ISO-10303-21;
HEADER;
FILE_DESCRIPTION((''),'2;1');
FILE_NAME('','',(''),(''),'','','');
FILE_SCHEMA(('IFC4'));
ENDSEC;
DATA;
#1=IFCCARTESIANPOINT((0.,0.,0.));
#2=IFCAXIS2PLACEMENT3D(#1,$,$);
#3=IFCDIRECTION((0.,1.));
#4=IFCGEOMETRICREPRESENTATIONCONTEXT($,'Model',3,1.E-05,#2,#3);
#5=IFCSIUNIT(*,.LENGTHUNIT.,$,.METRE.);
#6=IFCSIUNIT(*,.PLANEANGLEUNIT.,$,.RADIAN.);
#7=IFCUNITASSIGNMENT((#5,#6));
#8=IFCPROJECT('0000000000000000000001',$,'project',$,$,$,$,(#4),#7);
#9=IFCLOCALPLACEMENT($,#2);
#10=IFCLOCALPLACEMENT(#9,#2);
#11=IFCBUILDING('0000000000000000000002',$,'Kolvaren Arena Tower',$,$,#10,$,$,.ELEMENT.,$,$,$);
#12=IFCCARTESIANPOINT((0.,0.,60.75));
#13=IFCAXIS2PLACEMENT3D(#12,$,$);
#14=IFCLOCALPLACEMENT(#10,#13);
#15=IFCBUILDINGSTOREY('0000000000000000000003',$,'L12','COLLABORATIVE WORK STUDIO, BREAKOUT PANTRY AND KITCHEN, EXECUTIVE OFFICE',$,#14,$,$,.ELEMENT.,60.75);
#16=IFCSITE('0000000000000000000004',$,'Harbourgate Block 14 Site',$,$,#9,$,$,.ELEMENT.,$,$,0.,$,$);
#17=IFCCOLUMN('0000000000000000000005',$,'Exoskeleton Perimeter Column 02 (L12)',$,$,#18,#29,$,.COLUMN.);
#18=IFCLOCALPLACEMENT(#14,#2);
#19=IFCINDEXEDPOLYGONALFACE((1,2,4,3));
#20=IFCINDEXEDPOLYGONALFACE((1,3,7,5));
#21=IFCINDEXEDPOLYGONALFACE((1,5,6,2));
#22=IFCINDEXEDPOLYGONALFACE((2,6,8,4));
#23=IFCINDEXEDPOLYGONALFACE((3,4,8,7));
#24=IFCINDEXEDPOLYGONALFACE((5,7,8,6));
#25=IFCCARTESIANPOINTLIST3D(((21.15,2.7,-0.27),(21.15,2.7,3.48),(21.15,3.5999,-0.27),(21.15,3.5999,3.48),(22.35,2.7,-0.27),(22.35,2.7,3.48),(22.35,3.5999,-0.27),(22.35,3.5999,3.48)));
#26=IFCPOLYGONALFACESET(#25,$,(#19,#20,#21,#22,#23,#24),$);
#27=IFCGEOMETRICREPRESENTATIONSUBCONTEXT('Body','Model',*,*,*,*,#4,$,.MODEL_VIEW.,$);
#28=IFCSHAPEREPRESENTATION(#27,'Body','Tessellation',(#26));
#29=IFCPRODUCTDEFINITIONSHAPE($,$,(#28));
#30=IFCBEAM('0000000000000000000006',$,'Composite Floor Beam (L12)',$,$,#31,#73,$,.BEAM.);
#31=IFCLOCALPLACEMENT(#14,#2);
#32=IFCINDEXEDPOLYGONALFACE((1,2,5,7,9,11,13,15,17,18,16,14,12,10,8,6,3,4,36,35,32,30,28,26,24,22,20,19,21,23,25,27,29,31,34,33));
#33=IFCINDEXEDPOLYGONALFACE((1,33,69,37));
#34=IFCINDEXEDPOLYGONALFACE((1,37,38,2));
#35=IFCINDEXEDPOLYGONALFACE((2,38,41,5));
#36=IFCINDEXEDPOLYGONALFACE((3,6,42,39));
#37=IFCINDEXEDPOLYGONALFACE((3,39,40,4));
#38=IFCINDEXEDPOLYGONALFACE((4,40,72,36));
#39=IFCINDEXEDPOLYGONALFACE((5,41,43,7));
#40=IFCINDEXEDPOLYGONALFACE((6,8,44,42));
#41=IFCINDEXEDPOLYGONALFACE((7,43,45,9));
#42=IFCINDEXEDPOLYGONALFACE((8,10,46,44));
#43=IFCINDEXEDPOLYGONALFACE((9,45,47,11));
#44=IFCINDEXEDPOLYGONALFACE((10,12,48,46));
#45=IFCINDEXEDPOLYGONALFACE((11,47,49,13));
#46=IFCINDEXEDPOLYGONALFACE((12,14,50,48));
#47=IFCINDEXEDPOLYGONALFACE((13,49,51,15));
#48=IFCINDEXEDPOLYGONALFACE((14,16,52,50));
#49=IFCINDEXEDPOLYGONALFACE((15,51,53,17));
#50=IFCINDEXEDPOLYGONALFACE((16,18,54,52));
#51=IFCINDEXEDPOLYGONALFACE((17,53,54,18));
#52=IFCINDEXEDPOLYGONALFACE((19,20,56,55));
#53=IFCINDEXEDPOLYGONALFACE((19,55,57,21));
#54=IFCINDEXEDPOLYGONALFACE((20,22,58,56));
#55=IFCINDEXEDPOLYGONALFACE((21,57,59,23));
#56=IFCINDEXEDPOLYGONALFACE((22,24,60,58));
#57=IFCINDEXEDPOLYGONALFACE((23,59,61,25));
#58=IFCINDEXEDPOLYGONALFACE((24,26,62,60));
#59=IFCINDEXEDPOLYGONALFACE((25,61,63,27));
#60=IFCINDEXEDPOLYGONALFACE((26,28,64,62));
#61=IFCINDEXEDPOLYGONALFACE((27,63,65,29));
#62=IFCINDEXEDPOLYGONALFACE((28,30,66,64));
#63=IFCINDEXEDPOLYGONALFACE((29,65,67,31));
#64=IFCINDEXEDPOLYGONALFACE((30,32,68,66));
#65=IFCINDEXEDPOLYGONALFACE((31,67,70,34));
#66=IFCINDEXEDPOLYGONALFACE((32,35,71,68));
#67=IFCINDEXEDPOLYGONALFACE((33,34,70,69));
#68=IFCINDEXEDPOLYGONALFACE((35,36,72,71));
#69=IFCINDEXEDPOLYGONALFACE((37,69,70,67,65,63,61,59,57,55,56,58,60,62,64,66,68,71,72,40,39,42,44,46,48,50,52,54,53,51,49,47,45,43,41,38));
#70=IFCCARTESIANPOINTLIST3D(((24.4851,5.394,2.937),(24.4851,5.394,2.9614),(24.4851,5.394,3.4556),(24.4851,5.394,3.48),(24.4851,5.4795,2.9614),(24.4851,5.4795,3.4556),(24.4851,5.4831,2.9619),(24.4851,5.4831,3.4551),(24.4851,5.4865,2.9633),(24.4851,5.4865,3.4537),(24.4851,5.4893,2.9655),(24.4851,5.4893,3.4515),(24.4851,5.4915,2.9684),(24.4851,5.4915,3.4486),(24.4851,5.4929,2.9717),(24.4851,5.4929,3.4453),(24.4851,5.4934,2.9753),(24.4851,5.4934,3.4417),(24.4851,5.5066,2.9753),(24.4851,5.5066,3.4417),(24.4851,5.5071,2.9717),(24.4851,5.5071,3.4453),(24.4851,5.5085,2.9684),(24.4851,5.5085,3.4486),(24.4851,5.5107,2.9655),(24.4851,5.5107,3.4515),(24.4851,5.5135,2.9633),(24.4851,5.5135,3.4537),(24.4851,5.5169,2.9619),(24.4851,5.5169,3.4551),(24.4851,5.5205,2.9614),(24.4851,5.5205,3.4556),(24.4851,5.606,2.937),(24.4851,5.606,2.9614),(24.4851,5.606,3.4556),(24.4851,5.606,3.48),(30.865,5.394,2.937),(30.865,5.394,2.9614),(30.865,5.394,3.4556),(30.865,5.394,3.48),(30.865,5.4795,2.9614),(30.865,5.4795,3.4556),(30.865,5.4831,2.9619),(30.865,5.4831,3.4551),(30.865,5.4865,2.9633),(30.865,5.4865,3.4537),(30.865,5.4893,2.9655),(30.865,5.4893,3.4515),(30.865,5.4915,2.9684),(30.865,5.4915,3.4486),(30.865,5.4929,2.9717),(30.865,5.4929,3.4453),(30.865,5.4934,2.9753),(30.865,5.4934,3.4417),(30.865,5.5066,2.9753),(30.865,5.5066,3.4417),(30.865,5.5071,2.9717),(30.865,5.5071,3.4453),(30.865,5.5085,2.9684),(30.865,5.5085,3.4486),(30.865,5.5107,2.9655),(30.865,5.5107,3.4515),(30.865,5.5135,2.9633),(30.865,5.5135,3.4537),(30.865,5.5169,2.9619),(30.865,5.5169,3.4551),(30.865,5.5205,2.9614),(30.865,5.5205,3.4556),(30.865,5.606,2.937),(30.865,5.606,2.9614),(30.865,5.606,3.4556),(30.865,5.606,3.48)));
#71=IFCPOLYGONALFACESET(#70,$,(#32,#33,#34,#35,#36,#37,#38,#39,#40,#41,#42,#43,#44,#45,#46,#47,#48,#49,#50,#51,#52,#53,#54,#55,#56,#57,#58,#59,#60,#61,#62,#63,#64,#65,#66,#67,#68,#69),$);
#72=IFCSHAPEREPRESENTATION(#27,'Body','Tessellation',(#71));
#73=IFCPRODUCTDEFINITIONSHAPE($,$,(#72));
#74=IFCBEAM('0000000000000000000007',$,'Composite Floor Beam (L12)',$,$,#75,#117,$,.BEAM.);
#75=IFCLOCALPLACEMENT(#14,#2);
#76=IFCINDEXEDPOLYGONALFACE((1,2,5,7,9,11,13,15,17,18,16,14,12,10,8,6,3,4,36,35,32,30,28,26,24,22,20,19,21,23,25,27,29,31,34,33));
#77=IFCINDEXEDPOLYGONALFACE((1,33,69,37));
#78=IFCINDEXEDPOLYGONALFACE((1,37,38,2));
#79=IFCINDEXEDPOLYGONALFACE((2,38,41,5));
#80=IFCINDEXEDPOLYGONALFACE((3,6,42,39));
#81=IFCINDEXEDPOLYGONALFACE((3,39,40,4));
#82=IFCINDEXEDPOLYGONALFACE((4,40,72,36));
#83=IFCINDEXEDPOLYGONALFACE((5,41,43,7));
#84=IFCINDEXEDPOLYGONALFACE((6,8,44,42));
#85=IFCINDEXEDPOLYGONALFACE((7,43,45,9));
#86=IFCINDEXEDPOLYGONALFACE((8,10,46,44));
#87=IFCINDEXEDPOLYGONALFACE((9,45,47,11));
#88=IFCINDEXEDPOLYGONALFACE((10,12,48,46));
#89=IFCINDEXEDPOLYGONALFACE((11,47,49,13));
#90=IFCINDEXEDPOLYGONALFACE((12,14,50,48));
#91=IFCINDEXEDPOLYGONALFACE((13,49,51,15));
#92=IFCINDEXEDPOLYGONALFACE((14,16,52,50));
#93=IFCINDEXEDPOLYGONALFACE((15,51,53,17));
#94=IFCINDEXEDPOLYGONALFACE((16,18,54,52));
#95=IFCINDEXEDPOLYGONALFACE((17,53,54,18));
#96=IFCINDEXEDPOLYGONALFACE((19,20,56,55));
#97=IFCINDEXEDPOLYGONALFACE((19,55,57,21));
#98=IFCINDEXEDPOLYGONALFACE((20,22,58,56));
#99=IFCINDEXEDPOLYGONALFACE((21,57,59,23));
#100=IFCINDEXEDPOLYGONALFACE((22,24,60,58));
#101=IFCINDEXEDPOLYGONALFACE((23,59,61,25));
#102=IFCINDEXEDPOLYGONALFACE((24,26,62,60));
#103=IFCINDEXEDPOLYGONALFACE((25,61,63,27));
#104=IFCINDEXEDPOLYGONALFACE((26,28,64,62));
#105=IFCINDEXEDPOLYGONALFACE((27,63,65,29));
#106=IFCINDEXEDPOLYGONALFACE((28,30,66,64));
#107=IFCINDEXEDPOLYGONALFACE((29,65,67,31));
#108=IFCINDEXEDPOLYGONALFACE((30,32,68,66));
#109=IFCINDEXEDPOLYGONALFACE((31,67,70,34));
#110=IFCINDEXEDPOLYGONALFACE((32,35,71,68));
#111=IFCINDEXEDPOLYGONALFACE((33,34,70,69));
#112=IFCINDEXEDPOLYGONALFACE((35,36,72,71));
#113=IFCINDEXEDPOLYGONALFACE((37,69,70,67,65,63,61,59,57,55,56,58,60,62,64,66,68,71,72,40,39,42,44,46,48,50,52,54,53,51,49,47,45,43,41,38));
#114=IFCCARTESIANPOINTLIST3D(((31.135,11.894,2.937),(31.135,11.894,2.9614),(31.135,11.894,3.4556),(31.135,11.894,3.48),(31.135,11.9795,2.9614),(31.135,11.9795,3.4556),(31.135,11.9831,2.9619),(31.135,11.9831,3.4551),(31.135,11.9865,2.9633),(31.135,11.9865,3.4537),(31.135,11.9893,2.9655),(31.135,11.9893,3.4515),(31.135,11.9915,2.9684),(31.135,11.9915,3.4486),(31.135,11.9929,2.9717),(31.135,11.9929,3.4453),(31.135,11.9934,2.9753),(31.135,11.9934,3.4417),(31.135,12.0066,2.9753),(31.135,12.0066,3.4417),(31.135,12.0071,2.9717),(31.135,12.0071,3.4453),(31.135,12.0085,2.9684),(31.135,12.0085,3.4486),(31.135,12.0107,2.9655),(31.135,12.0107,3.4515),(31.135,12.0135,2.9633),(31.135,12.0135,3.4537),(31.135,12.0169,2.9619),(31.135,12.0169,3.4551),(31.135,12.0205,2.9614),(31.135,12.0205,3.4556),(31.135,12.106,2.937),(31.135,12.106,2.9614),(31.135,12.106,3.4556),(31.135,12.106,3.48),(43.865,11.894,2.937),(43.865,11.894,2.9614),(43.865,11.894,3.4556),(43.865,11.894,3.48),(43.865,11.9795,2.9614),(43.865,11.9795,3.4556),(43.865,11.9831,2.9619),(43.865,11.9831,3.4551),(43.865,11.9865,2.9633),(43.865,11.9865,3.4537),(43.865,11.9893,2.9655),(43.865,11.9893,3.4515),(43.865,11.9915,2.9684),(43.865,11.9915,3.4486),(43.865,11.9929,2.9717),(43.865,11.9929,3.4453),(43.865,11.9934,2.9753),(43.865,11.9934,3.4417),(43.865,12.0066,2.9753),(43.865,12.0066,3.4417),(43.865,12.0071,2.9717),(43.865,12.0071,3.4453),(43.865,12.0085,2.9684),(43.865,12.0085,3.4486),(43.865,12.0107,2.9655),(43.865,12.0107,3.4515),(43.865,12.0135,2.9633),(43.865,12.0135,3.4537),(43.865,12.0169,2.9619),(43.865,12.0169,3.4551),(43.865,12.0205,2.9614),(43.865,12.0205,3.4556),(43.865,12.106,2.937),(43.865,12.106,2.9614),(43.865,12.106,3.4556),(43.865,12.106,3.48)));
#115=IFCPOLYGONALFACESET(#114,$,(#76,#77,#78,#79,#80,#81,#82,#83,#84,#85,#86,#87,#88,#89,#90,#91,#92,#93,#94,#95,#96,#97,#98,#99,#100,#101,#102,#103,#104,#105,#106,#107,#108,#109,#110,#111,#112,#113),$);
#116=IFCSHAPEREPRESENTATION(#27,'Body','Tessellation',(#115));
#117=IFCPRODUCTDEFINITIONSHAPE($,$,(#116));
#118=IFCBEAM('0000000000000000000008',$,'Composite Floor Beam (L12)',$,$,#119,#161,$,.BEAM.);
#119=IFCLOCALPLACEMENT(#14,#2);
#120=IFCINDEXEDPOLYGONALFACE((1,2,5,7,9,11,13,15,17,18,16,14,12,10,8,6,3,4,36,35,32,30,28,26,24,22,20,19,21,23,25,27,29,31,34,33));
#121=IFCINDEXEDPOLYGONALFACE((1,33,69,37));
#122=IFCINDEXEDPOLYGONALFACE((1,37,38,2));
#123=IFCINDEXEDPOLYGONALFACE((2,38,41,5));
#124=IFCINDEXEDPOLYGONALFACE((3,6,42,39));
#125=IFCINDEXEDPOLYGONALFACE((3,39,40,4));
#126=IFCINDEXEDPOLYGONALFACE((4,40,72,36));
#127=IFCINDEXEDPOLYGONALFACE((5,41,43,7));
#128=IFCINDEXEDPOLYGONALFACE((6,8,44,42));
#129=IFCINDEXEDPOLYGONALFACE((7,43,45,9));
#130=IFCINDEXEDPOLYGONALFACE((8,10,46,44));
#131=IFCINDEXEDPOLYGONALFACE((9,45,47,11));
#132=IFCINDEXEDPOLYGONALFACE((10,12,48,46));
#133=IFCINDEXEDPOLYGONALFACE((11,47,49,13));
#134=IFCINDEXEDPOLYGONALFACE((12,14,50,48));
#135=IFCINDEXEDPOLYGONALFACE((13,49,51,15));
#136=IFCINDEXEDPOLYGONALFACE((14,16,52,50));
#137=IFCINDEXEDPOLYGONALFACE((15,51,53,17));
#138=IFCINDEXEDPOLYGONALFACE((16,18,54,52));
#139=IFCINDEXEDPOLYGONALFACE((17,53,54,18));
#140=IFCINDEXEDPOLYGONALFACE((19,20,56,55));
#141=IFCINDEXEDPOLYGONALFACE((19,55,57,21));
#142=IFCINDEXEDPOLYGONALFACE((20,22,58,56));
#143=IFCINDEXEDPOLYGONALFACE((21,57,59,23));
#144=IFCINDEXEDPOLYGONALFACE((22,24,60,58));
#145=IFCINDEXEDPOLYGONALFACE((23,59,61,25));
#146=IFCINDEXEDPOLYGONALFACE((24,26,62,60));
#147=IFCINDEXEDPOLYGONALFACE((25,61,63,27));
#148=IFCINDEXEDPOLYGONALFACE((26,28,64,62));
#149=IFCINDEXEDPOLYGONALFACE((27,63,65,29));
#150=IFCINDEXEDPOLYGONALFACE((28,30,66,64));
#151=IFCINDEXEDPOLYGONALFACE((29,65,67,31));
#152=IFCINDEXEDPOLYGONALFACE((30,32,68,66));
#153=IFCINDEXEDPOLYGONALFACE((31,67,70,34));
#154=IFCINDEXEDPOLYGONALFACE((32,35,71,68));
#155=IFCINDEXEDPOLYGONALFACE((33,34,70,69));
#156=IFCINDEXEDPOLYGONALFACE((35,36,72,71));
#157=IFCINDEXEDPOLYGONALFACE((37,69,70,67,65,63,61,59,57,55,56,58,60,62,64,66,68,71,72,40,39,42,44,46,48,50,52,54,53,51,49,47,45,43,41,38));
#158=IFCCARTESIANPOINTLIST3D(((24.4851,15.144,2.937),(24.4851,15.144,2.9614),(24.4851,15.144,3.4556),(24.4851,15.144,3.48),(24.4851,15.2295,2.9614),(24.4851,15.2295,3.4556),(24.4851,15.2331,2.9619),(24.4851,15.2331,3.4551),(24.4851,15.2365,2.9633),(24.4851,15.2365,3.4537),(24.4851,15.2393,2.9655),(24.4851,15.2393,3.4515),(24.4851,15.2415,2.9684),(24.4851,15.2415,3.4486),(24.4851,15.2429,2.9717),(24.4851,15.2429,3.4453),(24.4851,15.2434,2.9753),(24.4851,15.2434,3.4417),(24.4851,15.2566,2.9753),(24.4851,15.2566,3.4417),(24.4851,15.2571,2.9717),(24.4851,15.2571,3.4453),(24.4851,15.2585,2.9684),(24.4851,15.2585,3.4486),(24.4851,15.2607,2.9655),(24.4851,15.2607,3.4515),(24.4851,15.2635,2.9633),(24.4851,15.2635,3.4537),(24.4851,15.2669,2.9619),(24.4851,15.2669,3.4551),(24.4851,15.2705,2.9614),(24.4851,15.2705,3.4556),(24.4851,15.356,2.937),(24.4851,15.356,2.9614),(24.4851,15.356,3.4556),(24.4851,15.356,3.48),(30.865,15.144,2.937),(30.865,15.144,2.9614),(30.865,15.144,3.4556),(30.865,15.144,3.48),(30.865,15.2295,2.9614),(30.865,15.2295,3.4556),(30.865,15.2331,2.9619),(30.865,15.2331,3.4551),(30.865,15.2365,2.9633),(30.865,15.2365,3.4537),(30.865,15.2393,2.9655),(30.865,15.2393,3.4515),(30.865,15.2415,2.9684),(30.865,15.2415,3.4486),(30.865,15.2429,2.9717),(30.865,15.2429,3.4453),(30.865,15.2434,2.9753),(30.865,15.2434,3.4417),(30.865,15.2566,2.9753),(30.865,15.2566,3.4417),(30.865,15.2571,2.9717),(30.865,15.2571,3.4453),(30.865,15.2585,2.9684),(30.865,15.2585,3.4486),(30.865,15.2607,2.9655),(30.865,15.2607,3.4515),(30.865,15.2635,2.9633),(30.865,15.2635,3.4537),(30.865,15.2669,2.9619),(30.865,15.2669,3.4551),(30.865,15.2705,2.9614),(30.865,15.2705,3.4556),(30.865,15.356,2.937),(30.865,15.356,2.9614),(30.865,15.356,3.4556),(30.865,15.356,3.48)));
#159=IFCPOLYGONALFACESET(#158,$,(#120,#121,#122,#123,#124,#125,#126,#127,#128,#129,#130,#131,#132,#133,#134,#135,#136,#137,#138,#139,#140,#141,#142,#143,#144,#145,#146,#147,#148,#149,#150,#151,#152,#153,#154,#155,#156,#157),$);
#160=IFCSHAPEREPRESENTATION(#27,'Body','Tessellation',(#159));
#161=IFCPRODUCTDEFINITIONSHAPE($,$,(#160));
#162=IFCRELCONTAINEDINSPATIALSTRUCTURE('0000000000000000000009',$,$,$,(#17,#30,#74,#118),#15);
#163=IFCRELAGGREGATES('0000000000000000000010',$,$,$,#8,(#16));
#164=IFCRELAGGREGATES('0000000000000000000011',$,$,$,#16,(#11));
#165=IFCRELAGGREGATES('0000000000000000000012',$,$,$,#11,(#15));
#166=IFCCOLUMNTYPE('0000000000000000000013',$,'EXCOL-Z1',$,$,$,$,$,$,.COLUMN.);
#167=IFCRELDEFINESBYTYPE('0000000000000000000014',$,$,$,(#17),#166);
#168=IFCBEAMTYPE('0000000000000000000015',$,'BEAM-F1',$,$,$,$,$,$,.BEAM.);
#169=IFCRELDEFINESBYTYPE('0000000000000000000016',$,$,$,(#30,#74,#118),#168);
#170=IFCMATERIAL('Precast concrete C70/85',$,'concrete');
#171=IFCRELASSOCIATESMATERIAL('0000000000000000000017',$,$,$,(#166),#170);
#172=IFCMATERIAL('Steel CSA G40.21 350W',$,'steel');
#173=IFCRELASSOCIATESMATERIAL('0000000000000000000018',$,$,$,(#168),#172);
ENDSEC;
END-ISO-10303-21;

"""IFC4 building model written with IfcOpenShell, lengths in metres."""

from ifc_helpers import new_model, si_unit, direction, frame, origin, origin_2d, place, context, subcontext, project, spatial, rectangle, i_section, extrude, material, material_profile, profile_set, type_object, element, save


model = new_model("IFC4")

# Units and contexts
model_context = context("Model", 3, precision=1e-05, world=origin(), true_north=direction((0.0, 1.0)))
body_context = subcontext(model_context, "Body", "Model", "MODEL_VIEW")
ifc_project = project(units=[si_unit("LENGTHUNIT", "METRE"), si_unit("PLANEANGLEUNIT", "RADIAN")], contexts=[model_context])

# Site, building, storey
site_placement = place(None, origin())
site = spatial("IfcSite", under=ifc_project, at=site_placement, Name="Harbourgate Block 14 Site", CompositionType="ELEMENT", RefElevation=0.0)
building_placement = place(site_placement, origin())
building = spatial("IfcBuilding", under=site, at=building_placement, Name="Kolvaren Arena Tower", CompositionType="ELEMENT")
storey_placement = place(building_placement, frame((0.0, 0.0, 60.75)))
storey = spatial("IfcBuildingStorey", under=building, at=storey_placement, Name="L12", Description="COLLABORATIVE WORK STUDIO, BREAKOUT PANTRY AND KITCHEN, EXECUTIVE OFFICE", CompositionType="ELEMENT", Elevation=60.75)

# Column
ifc_material_1 = material(Name="Precast concrete C70/85", Category="concrete")
ifc_material_profile_1 = material_profile(ifc_material_1, rectangle(XDim=1.2, YDim=0.8999, at=origin_2d()), Name="RC-1200x900")
ifc_profile_set_1 = profile_set([ifc_material_profile_1], Name="Precast concrete C70/85")
column_type = type_object("IfcColumnType", Name="EXCOL-Z1", PredefinedType="COLUMN", material=ifc_profile_set_1)
column_placement = place(storey_placement, frame((21.75, 3.1499, -0.27), z_axis=(0.0, 0.0, 1.0), x_axis=(1.0, 0.0, 0.0)))
element("IfcColumn", 1, at=column_placement, inside=storey, type_object=column_type, Name="Exoskeleton Perimeter Column 02 (L12)", PredefinedType="COLUMN", context=body_context, shape_type="SweptSolid", body=[
    extrude(rectangle(XDim=1.2, YDim=0.8999, at=origin_2d()), origin(), (0.0, 0.0, 1.0), 3.75),
])

# Beams
ifc_material_2 = material(Name="Steel CSA G40.21 350W", Category="steel")
ifc_material_profile_2 = material_profile(ifc_material_2, i_section(OverallWidth=0.2119, OverallDepth=0.543, WebThickness=0.0132, FlangeThickness=0.0244, FilletRadius=0.0139, at=origin_2d()), Name="W530x150")
ifc_profile_set_2 = profile_set([ifc_material_profile_2], Name="Steel CSA G40.21 350W")
beam_type_1 = type_object("IfcBeamType", Name="BEAM-F1", PredefinedType="BEAM", material=ifc_profile_set_2)
beam_1_placement = place(storey_placement, frame((24.4851, 5.5, 3.2085), z_axis=(1.0, 0.0, 0.0), x_axis=(0.0, 1.0, 0.0)))
element("IfcBeam", 2, at=beam_1_placement, inside=storey, type_object=beam_type_1, Name="Composite Floor Beam (L12)", PredefinedType="BEAM", context=body_context, shape_type="SweptSolid", body=[
    extrude(i_section(OverallWidth=0.2119, OverallDepth=0.543, WebThickness=0.0132, FlangeThickness=0.0244, FilletRadius=0.0139, at=origin_2d()), origin(), (0.0, 0.0, 1.0), 6.3799),
])
beam_2_placement = place(storey_placement, frame((31.135, 12.0, 3.2085), z_axis=(1.0, 0.0, 0.0), x_axis=(0.0, 1.0, 0.0)))
element("IfcBeam", 3, at=beam_2_placement, inside=storey, type_object=beam_type_1, Name="Composite Floor Beam (L12)", PredefinedType="BEAM", context=body_context, shape_type="SweptSolid", body=[
    extrude(i_section(OverallWidth=0.2119, OverallDepth=0.543, WebThickness=0.0132, FlangeThickness=0.0244, FilletRadius=0.0139, at=origin_2d()), origin(), (0.0, 0.0, 1.0), 12.73),
])
beam_3_placement = place(storey_placement, frame((24.4851, 15.25, 3.2085), z_axis=(1.0, 0.0, 0.0), x_axis=(0.0, 1.0, 0.0)))
element("IfcBeam", 4, at=beam_3_placement, inside=storey, type_object=beam_type_1, Name="Composite Floor Beam (L12)", PredefinedType="BEAM", context=body_context, shape_type="SweptSolid", body=[
    extrude(i_section(OverallWidth=0.2119, OverallDepth=0.543, WebThickness=0.0132, FlangeThickness=0.0244, FilletRadius=0.0139, at=origin_2d()), origin(), (0.0, 0.0, 1.0), 6.3799),
])

save(model, "model.ifc")
